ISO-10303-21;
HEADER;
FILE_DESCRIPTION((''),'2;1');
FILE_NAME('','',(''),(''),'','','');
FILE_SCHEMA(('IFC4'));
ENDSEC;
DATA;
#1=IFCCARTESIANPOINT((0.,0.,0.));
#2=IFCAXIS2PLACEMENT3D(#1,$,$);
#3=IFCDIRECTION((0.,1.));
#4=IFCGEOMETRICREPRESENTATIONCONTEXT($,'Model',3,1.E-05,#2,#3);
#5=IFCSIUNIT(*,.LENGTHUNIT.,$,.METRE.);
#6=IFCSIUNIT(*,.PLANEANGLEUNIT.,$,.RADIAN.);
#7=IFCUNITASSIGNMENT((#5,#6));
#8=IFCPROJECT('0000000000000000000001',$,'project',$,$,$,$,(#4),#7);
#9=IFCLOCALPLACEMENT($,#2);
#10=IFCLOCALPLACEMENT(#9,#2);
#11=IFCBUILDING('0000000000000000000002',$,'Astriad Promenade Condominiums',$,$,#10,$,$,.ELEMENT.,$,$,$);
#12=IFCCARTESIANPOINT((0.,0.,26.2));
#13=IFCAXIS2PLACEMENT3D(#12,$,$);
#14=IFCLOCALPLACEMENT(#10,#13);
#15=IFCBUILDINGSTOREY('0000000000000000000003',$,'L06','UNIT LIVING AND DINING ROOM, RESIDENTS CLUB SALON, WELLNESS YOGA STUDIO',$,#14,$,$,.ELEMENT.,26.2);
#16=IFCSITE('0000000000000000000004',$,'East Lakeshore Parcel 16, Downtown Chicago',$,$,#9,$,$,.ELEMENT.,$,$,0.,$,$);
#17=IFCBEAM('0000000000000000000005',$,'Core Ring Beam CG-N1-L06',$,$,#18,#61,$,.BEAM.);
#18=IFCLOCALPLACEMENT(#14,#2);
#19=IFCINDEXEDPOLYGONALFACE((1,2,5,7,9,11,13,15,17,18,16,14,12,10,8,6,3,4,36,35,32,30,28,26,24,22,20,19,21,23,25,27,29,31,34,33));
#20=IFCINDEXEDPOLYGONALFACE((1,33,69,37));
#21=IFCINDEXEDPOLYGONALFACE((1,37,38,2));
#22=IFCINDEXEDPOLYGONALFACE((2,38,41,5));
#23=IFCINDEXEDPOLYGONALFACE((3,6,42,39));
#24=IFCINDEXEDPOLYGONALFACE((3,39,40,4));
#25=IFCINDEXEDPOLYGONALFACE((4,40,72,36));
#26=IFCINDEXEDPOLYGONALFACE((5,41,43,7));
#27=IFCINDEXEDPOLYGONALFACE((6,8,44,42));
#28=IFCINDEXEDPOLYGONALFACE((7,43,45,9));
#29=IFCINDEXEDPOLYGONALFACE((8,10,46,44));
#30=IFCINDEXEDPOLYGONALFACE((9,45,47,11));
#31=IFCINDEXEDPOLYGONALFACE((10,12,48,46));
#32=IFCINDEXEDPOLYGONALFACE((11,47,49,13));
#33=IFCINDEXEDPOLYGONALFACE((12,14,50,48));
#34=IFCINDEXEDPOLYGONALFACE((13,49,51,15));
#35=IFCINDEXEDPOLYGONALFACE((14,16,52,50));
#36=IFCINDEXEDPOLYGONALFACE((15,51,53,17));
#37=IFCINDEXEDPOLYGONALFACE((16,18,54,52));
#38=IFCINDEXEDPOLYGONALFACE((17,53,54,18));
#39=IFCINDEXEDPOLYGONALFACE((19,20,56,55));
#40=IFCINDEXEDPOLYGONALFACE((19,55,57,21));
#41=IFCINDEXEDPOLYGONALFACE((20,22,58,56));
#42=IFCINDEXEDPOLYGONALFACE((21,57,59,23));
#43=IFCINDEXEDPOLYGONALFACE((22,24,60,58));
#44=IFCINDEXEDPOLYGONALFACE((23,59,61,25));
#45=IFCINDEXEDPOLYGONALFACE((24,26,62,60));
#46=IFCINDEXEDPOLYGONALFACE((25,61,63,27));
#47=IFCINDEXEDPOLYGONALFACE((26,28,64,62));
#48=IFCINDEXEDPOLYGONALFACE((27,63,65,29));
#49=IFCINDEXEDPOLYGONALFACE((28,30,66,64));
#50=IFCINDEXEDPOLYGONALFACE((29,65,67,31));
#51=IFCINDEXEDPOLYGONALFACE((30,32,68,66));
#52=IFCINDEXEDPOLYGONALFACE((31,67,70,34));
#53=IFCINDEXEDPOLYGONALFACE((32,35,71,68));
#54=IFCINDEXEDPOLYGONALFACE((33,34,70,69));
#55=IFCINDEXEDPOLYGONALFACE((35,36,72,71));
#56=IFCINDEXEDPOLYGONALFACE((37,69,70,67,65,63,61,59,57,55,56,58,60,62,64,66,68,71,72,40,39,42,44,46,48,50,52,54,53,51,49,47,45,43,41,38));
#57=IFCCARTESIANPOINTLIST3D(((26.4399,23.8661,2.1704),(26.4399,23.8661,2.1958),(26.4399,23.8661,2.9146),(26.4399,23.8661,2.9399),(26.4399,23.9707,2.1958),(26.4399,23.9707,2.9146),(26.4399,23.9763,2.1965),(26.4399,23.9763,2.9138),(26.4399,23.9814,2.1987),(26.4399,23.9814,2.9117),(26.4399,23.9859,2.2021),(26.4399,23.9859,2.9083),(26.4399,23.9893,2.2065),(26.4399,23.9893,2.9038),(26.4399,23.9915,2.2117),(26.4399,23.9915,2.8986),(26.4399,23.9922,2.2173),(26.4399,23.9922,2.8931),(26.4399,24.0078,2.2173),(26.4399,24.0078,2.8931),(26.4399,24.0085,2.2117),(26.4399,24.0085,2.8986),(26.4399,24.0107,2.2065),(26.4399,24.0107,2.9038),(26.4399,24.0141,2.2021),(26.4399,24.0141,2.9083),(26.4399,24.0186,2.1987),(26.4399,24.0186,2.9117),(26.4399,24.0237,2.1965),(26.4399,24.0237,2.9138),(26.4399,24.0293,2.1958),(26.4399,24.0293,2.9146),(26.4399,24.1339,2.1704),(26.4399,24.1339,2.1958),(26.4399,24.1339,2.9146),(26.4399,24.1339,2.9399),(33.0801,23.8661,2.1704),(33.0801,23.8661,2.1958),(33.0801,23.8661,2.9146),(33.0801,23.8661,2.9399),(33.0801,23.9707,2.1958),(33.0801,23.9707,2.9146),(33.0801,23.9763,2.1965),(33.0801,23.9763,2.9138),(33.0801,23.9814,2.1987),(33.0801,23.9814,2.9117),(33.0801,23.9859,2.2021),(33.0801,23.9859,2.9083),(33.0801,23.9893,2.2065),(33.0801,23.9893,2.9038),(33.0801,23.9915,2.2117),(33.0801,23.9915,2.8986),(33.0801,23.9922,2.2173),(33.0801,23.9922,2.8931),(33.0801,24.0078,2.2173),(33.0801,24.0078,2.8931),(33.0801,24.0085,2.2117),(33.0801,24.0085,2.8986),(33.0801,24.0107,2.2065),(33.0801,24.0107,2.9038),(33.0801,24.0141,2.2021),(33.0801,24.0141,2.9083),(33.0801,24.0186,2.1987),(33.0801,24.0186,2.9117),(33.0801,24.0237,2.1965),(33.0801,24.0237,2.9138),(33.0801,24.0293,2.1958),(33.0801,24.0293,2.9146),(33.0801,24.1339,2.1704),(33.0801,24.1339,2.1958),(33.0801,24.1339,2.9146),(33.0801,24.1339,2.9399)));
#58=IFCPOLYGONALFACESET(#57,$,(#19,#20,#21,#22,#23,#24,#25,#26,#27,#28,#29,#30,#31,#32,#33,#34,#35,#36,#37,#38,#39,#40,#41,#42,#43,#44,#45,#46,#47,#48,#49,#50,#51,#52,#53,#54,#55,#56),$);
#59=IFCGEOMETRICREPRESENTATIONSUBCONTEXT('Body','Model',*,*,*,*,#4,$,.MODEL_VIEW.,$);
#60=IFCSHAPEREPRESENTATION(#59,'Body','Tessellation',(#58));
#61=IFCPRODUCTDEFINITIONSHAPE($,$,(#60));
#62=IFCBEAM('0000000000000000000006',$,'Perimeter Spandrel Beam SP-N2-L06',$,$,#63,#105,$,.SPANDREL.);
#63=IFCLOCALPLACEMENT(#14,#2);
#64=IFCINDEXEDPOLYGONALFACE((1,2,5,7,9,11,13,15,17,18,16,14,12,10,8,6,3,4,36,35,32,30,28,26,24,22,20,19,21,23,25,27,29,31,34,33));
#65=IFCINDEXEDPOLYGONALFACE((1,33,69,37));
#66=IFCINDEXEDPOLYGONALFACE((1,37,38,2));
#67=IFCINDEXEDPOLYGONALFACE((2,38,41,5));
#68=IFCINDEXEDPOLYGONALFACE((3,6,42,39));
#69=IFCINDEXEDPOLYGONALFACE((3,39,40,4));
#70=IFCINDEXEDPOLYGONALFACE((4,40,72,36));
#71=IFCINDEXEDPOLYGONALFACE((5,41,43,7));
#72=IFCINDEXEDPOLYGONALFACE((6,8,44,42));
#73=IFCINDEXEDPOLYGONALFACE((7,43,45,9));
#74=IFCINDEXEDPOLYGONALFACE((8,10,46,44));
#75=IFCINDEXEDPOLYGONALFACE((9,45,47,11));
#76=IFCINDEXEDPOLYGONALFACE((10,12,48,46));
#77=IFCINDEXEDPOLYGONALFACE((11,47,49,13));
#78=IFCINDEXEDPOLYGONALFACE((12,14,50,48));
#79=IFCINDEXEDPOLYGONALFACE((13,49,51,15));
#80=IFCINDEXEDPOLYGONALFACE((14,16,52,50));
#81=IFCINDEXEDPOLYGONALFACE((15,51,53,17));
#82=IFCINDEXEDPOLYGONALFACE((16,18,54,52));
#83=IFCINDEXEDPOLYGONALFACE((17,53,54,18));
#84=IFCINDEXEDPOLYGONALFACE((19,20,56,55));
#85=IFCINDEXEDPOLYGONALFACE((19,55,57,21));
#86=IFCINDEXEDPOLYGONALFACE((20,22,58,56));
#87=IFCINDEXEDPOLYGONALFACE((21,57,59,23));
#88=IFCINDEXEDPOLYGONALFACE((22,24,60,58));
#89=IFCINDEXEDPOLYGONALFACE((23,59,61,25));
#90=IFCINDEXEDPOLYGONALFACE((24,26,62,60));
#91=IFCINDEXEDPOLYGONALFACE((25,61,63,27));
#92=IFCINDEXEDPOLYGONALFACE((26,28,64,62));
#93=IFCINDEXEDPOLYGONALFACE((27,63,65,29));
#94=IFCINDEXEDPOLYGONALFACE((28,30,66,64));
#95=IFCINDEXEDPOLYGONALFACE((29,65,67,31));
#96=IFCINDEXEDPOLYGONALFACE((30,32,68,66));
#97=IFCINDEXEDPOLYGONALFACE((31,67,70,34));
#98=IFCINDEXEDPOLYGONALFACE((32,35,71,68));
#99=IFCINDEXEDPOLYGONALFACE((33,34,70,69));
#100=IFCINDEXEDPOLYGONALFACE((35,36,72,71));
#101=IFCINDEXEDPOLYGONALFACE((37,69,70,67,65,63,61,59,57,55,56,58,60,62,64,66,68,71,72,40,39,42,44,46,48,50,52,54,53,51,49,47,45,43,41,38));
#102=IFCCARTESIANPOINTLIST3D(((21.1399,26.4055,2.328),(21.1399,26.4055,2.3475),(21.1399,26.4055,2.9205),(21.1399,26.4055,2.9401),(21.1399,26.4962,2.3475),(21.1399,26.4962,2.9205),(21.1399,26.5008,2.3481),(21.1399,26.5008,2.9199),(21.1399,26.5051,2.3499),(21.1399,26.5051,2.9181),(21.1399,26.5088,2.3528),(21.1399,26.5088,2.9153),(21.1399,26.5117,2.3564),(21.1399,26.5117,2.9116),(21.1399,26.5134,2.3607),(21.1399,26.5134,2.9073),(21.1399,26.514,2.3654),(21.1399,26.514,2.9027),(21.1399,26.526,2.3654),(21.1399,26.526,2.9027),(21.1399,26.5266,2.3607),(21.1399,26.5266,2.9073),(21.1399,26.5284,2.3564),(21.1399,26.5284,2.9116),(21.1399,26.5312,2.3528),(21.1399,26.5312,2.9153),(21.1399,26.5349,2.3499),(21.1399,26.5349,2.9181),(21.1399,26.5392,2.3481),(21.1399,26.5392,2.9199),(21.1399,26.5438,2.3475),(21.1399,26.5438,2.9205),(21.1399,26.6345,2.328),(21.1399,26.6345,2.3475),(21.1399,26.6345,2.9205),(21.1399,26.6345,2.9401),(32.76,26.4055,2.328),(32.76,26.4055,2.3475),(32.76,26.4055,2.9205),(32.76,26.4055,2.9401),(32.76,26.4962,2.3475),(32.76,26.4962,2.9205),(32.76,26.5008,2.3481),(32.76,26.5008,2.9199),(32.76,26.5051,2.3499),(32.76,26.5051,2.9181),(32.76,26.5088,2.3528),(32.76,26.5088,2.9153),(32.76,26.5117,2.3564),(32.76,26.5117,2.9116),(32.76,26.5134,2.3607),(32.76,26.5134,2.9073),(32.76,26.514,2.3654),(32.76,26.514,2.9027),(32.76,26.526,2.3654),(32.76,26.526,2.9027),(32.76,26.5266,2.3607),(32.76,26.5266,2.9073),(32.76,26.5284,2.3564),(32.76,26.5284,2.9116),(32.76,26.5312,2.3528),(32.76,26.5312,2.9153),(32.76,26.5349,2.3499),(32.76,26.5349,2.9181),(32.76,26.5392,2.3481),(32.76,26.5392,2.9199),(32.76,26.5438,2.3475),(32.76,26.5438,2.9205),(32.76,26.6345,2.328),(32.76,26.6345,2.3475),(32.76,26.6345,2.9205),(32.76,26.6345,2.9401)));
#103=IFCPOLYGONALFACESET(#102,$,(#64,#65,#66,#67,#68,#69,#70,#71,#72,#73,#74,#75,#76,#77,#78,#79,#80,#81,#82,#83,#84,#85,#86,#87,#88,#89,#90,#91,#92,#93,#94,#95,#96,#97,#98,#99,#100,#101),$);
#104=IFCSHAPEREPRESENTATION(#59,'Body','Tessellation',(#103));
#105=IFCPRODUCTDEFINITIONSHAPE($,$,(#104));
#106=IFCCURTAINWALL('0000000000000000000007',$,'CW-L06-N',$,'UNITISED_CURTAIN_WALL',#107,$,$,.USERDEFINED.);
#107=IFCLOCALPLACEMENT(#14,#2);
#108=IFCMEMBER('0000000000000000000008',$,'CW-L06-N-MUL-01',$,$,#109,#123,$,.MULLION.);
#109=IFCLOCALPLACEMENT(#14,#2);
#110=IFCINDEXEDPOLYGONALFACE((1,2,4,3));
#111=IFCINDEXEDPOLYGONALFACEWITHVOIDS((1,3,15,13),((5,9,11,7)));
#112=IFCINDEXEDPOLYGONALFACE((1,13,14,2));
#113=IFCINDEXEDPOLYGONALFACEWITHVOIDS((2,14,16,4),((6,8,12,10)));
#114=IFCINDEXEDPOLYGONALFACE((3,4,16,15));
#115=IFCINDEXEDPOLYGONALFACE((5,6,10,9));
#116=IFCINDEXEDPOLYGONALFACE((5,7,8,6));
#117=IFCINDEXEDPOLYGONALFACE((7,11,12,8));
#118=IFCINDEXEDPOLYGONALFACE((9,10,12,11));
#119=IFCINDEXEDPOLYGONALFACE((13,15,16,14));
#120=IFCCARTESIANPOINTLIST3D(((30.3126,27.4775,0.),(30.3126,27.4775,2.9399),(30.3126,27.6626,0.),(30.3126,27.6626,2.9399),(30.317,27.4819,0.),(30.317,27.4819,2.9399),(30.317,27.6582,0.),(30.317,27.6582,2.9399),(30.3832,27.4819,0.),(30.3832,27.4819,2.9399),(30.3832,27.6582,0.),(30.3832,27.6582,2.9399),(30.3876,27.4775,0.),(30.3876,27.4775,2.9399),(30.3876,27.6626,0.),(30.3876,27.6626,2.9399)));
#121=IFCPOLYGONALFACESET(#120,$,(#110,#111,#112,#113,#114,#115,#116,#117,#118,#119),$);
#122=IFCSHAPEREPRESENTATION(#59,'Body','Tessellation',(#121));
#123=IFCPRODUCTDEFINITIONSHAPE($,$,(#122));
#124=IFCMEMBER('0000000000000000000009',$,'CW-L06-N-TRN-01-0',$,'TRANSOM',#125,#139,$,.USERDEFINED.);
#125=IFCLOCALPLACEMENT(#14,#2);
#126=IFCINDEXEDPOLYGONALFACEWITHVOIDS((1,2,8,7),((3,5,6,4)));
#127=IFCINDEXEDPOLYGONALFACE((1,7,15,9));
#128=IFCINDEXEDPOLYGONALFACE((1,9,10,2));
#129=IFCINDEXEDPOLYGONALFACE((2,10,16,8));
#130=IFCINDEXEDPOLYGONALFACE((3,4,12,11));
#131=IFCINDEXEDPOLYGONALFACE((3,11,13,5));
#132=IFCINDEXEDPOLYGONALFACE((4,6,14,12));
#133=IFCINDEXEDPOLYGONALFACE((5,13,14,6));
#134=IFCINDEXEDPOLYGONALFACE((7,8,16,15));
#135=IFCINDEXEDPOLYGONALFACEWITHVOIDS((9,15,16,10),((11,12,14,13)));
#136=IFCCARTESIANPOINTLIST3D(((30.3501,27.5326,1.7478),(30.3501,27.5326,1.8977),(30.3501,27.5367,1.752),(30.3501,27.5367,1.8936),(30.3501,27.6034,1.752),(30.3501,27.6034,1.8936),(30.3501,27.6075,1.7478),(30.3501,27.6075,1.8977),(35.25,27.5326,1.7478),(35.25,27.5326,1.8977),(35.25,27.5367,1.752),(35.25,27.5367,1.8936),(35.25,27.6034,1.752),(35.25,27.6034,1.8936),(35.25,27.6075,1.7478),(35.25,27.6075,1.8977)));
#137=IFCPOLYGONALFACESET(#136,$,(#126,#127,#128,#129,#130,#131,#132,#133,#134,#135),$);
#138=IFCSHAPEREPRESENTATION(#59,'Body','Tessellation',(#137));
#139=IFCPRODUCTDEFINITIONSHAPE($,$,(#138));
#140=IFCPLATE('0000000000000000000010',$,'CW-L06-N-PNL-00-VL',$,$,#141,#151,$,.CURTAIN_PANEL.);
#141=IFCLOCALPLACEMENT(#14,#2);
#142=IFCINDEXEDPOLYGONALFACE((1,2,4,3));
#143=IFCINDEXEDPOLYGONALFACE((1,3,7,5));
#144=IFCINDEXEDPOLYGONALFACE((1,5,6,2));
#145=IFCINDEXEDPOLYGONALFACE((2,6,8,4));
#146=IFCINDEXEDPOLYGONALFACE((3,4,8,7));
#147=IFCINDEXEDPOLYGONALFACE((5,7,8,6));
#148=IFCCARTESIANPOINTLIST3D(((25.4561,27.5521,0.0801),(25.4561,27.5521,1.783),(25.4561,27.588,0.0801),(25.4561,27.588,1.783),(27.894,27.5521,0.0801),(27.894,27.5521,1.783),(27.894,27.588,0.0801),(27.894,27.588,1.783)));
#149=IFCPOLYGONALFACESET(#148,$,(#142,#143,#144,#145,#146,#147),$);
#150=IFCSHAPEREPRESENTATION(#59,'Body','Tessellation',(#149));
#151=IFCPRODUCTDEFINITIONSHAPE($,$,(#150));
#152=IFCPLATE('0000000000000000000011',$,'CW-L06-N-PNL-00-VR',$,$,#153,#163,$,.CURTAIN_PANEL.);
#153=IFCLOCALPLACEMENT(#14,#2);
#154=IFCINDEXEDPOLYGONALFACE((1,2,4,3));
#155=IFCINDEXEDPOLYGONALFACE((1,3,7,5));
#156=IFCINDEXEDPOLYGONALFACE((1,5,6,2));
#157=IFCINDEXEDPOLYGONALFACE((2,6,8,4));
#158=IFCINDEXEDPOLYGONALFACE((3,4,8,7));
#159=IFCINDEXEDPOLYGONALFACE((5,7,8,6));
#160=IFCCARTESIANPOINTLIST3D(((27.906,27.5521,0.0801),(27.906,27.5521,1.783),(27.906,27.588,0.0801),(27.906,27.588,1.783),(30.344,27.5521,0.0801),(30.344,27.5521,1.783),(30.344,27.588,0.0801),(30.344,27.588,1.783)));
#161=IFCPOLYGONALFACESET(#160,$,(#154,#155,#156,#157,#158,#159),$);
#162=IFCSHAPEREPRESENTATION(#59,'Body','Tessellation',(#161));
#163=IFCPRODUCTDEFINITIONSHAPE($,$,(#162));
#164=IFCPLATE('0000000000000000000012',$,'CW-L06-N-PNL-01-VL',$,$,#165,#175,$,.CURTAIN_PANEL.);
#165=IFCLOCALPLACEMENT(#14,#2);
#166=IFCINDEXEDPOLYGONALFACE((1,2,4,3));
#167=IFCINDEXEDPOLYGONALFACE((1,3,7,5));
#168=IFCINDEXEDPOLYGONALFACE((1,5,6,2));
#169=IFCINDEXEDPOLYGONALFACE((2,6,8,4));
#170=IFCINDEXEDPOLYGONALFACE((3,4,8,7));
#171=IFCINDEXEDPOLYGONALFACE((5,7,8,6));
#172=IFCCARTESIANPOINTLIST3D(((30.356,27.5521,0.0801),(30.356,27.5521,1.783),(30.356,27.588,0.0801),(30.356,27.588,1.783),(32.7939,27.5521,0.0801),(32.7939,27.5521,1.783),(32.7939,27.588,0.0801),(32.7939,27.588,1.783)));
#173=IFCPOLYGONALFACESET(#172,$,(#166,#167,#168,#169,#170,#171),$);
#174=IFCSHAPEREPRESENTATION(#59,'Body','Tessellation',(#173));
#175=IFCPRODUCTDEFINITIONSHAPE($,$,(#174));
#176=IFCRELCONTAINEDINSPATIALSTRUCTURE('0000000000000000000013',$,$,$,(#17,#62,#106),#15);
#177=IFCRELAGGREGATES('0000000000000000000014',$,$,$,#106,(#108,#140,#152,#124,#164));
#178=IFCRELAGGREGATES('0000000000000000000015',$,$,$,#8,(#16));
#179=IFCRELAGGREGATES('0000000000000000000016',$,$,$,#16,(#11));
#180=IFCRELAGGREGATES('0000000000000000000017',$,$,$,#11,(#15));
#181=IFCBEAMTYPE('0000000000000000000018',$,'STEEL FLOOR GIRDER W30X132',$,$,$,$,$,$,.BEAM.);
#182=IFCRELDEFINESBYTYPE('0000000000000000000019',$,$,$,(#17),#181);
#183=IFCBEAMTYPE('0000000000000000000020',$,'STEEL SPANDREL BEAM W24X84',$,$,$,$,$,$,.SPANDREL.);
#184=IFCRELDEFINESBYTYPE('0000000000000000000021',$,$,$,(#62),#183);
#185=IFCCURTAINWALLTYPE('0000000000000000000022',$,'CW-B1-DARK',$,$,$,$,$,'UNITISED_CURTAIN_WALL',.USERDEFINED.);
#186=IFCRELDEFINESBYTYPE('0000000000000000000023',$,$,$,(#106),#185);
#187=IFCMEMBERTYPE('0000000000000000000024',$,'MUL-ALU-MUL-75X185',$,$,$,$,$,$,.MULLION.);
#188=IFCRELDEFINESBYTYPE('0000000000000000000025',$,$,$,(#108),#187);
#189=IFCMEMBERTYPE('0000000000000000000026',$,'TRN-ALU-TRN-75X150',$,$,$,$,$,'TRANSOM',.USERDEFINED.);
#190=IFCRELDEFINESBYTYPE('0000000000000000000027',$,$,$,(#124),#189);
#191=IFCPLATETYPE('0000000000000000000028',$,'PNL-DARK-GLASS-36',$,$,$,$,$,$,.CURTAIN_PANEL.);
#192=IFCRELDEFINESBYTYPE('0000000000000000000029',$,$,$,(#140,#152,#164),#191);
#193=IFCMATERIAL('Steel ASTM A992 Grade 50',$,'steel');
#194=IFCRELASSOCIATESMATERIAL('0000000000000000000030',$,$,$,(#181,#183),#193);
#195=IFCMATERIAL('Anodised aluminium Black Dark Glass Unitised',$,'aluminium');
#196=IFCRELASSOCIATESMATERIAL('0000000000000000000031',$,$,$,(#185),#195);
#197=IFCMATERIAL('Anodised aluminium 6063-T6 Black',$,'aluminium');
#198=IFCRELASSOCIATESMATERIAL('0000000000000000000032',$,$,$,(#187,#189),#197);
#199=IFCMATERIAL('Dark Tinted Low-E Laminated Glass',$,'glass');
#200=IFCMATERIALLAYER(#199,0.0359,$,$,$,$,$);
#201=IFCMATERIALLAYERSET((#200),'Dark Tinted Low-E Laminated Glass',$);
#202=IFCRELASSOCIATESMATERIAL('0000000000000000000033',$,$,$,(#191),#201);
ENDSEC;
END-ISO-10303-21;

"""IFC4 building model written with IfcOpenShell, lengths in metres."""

from ifc_helpers import new_model, si_unit, direction, frame, origin, origin_2d, place, context, subcontext, project, spatial, rectangle, hollow_rectangle, i_section, extrude, source, transform, mapped, material, layer, layer_set, material_profile, profile_set, type_object, type_shapes, element, aggregate, save


model = new_model("IFC4")

# Units and contexts
model_context = context("Model", 3, precision=1e-05, world=origin(), true_north=direction((0.0, 1.0)))
body_context = subcontext(model_context, "Body", "Model", "MODEL_VIEW")
ifc_project = project(units=[si_unit("LENGTHUNIT", "METRE"), si_unit("PLANEANGLEUNIT", "RADIAN")], contexts=[model_context])

# Site, building, storey
site_placement = place(None, origin())
site = spatial("IfcSite", under=ifc_project, at=site_placement, Name="East Lakeshore Parcel 16, Downtown Chicago", CompositionType="ELEMENT", RefElevation=0.0)
building_placement = place(site_placement, origin())
building = spatial("IfcBuilding", under=site, at=building_placement, Name="Astriad Promenade Condominiums", CompositionType="ELEMENT")
storey_placement = place(building_placement, frame((0.0, 0.0, 26.2)))
storey = spatial("IfcBuildingStorey", under=building, at=storey_placement, Name="L06", Description="UNIT LIVING AND DINING ROOM, RESIDENTS CLUB SALON, WELLNESS YOGA STUDIO", CompositionType="ELEMENT", Elevation=26.2)

# Beams
ifc_material_1 = material(Name="Steel ASTM A992 Grade 50", Category="steel")
ifc_material_profile_1 = material_profile(ifc_material_1, i_section(OverallWidth=0.2678, OverallDepth=0.7695, WebThickness=0.0156, FlangeThickness=0.0254, FilletRadius=0.0215, at=origin_2d()), Name="W30X132")
ifc_profile_set_1 = profile_set([ifc_material_profile_1], Name="Steel ASTM A992 Grade 50")
beam_type_1 = type_object("IfcBeamType", Name="STEEL FLOOR GIRDER W30X132", PredefinedType="BEAM", material=ifc_profile_set_1)
shared_shape_1 = source(origin(), body_context, "Body", "SweptSolid", [
    extrude(i_section(OverallWidth=0.2678, OverallDepth=0.7695, WebThickness=0.0156, FlangeThickness=0.0254, FilletRadius=0.0215, at=origin_2d()), origin(), (0.0, 0.0, 1.0), 6.6401),
])
type_shapes(beam_type_1, [shared_shape_1])
beam_1_placement = place(storey_placement, frame((26.4399, 24.0, 2.5552), z_axis=(1.0, 0.0, 0.0), x_axis=(0.0, 1.0, 0.0)))
element("IfcBeam", 1, at=beam_1_placement, inside=storey, type_object=beam_type_1, Name="Core Ring Beam CG-N1-L06", PredefinedType="BEAM", context=body_context, shape_type="MappedRepresentation", body=[
    mapped(shared_shape_1, transform((0.0, 0.0, 0.0), scale=1.0)),
])
ifc_material_profile_2 = material_profile(ifc_material_1, i_section(OverallWidth=0.229, OverallDepth=0.6121, WebThickness=0.012, FlangeThickness=0.0195, FilletRadius=0.0178, at=origin_2d()), Name="W24X84")
ifc_profile_set_2 = profile_set([ifc_material_profile_2], Name="Steel ASTM A992 Grade 50")
beam_type_2 = type_object("IfcBeamType", Name="STEEL SPANDREL BEAM W24X84", PredefinedType="SPANDREL", material=ifc_profile_set_2)
shared_shape_2 = source(origin(), body_context, "Body", "SweptSolid", [
    extrude(i_section(OverallWidth=0.229, OverallDepth=0.6121, WebThickness=0.012, FlangeThickness=0.0195, FilletRadius=0.0178, at=origin_2d()), origin(), (0.0, 0.0, 1.0), 11.6201),
])
type_shapes(beam_type_2, [shared_shape_2])
beam_2_placement = place(storey_placement, frame((32.76, 26.52, 2.634), z_axis=(-1.0, 0.0, 0.0), x_axis=(0.0, -1.0, 0.0)))
element("IfcBeam", 2, at=beam_2_placement, inside=storey, type_object=beam_type_2, Name="Perimeter Spandrel Beam SP-N2-L06", PredefinedType="SPANDREL", context=body_context, shape_type="MappedRepresentation", body=[
    mapped(shared_shape_2, transform((0.0, 0.0, 0.0), scale=1.0)),
])

# Curtain wall, members, plates
ifc_material_2 = material(Name="Anodised aluminium Black Dark Glass Unitised", Category="aluminium")
curtain_wall_type = type_object("IfcCurtainWallType", Name="CW-B1-DARK", ElementType="UNITISED_CURTAIN_WALL", PredefinedType="USERDEFINED", material=ifc_material_2)
curtain_wall_placement = place(storey_placement, origin())
curtain_wall = element("IfcCurtainWall", 3, at=curtain_wall_placement, inside=storey, type_object=curtain_wall_type, Name="CW-L06-N", ObjectType="UNITISED_CURTAIN_WALL", PredefinedType="USERDEFINED")
ifc_material_3 = material(Name="Anodised aluminium 6063-T6 Black", Category="aluminium")
ifc_material_profile_3 = material_profile(ifc_material_3, hollow_rectangle(XDim=0.075, YDim=0.1851, WallThickness=0.0044, at=origin_2d()), Name="ALU-MUL-75X185")
ifc_profile_set_3 = profile_set([ifc_material_profile_3], Name="Anodised aluminium 6063-T6 Black")
member_type_1 = type_object("IfcMemberType", Name="MUL-ALU-MUL-75X185", PredefinedType="MULLION", material=ifc_profile_set_3)
shared_shape_3 = source(origin(), body_context, "Body", "SweptSolid", [
    extrude(hollow_rectangle(XDim=0.075, YDim=0.1851, WallThickness=0.0044, at=origin_2d()), origin(), (0.0, 0.0, 1.0), 2.9399),
])
type_shapes(member_type_1, [shared_shape_3])
member_1_placement = place(storey_placement, frame((30.3501, 27.5701, 0.0), z_axis=(0.0, 0.0, 1.0), x_axis=(1.0, 0.0, 0.0)))
member_1 = element("IfcMember", 4, at=member_1_placement, type_object=member_type_1, Name="CW-L06-N-MUL-01", PredefinedType="MULLION", context=body_context, shape_type="MappedRepresentation", body=[
    mapped(shared_shape_3, transform((0.0, 0.0, 0.0), scale=1.0)),
])
ifc_material_profile_4 = material_profile(ifc_material_3, hollow_rectangle(XDim=0.075, YDim=0.1499, WallThickness=0.0042, at=origin_2d()), Name="ALU-TRN-75X150")
ifc_profile_set_4 = profile_set([ifc_material_profile_4], Name="Anodised aluminium 6063-T6 Black")
member_type_2 = type_object("IfcMemberType", Name="TRN-ALU-TRN-75X150", ElementType="TRANSOM", PredefinedType="USERDEFINED", material=ifc_profile_set_4)
shared_shape_4 = source(origin(), body_context, "Body", "SweptSolid", [
    extrude(hollow_rectangle(XDim=0.075, YDim=0.1499, WallThickness=0.0042, at=origin_2d()), origin(), (0.0, 0.0, 1.0), 4.8999),
])
type_shapes(member_type_2, [shared_shape_4])
member_2_placement = place(storey_placement, frame((30.3501, 27.5701, 1.8228), z_axis=(1.0, 0.0, 0.0), x_axis=(0.0, 1.0, 0.0)))
member_2 = element("IfcMember", 5, at=member_2_placement, type_object=member_type_2, Name="CW-L06-N-TRN-01-0", ObjectType="TRANSOM", PredefinedType="USERDEFINED", context=body_context, shape_type="MappedRepresentation", body=[
    mapped(shared_shape_4, transform((0.0, 0.0, 0.0), scale=1.0)),
])
ifc_material_4 = material(Name="Dark Tinted Low-E Laminated Glass", Category="glass")
ifc_layer_1 = layer(ifc_material_4, 0.0359)
ifc_layer_set_1 = layer_set([ifc_layer_1], Name="Dark Tinted Low-E Laminated Glass")
plate_type = type_object("IfcPlateType", Name="PNL-DARK-GLASS-36", PredefinedType="CURTAIN_PANEL", material=ifc_layer_set_1)
shared_shape_5 = source(origin(), body_context, "Body", "SweptSolid", [
    extrude(rectangle(XDim=2.438, YDim=0.0359, at=origin_2d()), origin(), (0.0, 0.0, 1.0), 1.7029),
])
plate_1_placement = place(storey_placement, frame((26.675, 27.5701, 0.0801), z_axis=(0.0, 0.0, 1.0), x_axis=(1.0, 0.0, 0.0)))
plate_1 = element("IfcPlate", 6, at=plate_1_placement, type_object=plate_type, Name="CW-L06-N-PNL-00-VL", PredefinedType="CURTAIN_PANEL", context=body_context, shape_type="MappedRepresentation", body=[
    mapped(shared_shape_5, transform((0.0, 0.0, 0.0), scale=1.0)),
])
plate_2_placement = place(storey_placement, frame((29.125, 27.5701, 0.0801), z_axis=(0.0, 0.0, 1.0), x_axis=(1.0, 0.0, 0.0)))
plate_2 = element("IfcPlate", 7, at=plate_2_placement, type_object=plate_type, Name="CW-L06-N-PNL-00-VR", PredefinedType="CURTAIN_PANEL", context=body_context, shape_type="MappedRepresentation", body=[
    mapped(shared_shape_5, transform((0.0, 0.0, 0.0), scale=1.0)),
])
plate_3_placement = place(storey_placement, frame((31.575, 27.5701, 0.0801), z_axis=(0.0, 0.0, 1.0), x_axis=(1.0, 0.0, 0.0)))
plate_3 = element("IfcPlate", 8, at=plate_3_placement, type_object=plate_type, Name="CW-L06-N-PNL-01-VL", PredefinedType="CURTAIN_PANEL", context=body_context, shape_type="MappedRepresentation", body=[
    mapped(shared_shape_5, transform((0.0, 0.0, 0.0), scale=1.0)),
])
aggregate(curtain_wall, [member_1, plate_1, plate_2, member_2, plate_3])

save(model, "model.ifc")
